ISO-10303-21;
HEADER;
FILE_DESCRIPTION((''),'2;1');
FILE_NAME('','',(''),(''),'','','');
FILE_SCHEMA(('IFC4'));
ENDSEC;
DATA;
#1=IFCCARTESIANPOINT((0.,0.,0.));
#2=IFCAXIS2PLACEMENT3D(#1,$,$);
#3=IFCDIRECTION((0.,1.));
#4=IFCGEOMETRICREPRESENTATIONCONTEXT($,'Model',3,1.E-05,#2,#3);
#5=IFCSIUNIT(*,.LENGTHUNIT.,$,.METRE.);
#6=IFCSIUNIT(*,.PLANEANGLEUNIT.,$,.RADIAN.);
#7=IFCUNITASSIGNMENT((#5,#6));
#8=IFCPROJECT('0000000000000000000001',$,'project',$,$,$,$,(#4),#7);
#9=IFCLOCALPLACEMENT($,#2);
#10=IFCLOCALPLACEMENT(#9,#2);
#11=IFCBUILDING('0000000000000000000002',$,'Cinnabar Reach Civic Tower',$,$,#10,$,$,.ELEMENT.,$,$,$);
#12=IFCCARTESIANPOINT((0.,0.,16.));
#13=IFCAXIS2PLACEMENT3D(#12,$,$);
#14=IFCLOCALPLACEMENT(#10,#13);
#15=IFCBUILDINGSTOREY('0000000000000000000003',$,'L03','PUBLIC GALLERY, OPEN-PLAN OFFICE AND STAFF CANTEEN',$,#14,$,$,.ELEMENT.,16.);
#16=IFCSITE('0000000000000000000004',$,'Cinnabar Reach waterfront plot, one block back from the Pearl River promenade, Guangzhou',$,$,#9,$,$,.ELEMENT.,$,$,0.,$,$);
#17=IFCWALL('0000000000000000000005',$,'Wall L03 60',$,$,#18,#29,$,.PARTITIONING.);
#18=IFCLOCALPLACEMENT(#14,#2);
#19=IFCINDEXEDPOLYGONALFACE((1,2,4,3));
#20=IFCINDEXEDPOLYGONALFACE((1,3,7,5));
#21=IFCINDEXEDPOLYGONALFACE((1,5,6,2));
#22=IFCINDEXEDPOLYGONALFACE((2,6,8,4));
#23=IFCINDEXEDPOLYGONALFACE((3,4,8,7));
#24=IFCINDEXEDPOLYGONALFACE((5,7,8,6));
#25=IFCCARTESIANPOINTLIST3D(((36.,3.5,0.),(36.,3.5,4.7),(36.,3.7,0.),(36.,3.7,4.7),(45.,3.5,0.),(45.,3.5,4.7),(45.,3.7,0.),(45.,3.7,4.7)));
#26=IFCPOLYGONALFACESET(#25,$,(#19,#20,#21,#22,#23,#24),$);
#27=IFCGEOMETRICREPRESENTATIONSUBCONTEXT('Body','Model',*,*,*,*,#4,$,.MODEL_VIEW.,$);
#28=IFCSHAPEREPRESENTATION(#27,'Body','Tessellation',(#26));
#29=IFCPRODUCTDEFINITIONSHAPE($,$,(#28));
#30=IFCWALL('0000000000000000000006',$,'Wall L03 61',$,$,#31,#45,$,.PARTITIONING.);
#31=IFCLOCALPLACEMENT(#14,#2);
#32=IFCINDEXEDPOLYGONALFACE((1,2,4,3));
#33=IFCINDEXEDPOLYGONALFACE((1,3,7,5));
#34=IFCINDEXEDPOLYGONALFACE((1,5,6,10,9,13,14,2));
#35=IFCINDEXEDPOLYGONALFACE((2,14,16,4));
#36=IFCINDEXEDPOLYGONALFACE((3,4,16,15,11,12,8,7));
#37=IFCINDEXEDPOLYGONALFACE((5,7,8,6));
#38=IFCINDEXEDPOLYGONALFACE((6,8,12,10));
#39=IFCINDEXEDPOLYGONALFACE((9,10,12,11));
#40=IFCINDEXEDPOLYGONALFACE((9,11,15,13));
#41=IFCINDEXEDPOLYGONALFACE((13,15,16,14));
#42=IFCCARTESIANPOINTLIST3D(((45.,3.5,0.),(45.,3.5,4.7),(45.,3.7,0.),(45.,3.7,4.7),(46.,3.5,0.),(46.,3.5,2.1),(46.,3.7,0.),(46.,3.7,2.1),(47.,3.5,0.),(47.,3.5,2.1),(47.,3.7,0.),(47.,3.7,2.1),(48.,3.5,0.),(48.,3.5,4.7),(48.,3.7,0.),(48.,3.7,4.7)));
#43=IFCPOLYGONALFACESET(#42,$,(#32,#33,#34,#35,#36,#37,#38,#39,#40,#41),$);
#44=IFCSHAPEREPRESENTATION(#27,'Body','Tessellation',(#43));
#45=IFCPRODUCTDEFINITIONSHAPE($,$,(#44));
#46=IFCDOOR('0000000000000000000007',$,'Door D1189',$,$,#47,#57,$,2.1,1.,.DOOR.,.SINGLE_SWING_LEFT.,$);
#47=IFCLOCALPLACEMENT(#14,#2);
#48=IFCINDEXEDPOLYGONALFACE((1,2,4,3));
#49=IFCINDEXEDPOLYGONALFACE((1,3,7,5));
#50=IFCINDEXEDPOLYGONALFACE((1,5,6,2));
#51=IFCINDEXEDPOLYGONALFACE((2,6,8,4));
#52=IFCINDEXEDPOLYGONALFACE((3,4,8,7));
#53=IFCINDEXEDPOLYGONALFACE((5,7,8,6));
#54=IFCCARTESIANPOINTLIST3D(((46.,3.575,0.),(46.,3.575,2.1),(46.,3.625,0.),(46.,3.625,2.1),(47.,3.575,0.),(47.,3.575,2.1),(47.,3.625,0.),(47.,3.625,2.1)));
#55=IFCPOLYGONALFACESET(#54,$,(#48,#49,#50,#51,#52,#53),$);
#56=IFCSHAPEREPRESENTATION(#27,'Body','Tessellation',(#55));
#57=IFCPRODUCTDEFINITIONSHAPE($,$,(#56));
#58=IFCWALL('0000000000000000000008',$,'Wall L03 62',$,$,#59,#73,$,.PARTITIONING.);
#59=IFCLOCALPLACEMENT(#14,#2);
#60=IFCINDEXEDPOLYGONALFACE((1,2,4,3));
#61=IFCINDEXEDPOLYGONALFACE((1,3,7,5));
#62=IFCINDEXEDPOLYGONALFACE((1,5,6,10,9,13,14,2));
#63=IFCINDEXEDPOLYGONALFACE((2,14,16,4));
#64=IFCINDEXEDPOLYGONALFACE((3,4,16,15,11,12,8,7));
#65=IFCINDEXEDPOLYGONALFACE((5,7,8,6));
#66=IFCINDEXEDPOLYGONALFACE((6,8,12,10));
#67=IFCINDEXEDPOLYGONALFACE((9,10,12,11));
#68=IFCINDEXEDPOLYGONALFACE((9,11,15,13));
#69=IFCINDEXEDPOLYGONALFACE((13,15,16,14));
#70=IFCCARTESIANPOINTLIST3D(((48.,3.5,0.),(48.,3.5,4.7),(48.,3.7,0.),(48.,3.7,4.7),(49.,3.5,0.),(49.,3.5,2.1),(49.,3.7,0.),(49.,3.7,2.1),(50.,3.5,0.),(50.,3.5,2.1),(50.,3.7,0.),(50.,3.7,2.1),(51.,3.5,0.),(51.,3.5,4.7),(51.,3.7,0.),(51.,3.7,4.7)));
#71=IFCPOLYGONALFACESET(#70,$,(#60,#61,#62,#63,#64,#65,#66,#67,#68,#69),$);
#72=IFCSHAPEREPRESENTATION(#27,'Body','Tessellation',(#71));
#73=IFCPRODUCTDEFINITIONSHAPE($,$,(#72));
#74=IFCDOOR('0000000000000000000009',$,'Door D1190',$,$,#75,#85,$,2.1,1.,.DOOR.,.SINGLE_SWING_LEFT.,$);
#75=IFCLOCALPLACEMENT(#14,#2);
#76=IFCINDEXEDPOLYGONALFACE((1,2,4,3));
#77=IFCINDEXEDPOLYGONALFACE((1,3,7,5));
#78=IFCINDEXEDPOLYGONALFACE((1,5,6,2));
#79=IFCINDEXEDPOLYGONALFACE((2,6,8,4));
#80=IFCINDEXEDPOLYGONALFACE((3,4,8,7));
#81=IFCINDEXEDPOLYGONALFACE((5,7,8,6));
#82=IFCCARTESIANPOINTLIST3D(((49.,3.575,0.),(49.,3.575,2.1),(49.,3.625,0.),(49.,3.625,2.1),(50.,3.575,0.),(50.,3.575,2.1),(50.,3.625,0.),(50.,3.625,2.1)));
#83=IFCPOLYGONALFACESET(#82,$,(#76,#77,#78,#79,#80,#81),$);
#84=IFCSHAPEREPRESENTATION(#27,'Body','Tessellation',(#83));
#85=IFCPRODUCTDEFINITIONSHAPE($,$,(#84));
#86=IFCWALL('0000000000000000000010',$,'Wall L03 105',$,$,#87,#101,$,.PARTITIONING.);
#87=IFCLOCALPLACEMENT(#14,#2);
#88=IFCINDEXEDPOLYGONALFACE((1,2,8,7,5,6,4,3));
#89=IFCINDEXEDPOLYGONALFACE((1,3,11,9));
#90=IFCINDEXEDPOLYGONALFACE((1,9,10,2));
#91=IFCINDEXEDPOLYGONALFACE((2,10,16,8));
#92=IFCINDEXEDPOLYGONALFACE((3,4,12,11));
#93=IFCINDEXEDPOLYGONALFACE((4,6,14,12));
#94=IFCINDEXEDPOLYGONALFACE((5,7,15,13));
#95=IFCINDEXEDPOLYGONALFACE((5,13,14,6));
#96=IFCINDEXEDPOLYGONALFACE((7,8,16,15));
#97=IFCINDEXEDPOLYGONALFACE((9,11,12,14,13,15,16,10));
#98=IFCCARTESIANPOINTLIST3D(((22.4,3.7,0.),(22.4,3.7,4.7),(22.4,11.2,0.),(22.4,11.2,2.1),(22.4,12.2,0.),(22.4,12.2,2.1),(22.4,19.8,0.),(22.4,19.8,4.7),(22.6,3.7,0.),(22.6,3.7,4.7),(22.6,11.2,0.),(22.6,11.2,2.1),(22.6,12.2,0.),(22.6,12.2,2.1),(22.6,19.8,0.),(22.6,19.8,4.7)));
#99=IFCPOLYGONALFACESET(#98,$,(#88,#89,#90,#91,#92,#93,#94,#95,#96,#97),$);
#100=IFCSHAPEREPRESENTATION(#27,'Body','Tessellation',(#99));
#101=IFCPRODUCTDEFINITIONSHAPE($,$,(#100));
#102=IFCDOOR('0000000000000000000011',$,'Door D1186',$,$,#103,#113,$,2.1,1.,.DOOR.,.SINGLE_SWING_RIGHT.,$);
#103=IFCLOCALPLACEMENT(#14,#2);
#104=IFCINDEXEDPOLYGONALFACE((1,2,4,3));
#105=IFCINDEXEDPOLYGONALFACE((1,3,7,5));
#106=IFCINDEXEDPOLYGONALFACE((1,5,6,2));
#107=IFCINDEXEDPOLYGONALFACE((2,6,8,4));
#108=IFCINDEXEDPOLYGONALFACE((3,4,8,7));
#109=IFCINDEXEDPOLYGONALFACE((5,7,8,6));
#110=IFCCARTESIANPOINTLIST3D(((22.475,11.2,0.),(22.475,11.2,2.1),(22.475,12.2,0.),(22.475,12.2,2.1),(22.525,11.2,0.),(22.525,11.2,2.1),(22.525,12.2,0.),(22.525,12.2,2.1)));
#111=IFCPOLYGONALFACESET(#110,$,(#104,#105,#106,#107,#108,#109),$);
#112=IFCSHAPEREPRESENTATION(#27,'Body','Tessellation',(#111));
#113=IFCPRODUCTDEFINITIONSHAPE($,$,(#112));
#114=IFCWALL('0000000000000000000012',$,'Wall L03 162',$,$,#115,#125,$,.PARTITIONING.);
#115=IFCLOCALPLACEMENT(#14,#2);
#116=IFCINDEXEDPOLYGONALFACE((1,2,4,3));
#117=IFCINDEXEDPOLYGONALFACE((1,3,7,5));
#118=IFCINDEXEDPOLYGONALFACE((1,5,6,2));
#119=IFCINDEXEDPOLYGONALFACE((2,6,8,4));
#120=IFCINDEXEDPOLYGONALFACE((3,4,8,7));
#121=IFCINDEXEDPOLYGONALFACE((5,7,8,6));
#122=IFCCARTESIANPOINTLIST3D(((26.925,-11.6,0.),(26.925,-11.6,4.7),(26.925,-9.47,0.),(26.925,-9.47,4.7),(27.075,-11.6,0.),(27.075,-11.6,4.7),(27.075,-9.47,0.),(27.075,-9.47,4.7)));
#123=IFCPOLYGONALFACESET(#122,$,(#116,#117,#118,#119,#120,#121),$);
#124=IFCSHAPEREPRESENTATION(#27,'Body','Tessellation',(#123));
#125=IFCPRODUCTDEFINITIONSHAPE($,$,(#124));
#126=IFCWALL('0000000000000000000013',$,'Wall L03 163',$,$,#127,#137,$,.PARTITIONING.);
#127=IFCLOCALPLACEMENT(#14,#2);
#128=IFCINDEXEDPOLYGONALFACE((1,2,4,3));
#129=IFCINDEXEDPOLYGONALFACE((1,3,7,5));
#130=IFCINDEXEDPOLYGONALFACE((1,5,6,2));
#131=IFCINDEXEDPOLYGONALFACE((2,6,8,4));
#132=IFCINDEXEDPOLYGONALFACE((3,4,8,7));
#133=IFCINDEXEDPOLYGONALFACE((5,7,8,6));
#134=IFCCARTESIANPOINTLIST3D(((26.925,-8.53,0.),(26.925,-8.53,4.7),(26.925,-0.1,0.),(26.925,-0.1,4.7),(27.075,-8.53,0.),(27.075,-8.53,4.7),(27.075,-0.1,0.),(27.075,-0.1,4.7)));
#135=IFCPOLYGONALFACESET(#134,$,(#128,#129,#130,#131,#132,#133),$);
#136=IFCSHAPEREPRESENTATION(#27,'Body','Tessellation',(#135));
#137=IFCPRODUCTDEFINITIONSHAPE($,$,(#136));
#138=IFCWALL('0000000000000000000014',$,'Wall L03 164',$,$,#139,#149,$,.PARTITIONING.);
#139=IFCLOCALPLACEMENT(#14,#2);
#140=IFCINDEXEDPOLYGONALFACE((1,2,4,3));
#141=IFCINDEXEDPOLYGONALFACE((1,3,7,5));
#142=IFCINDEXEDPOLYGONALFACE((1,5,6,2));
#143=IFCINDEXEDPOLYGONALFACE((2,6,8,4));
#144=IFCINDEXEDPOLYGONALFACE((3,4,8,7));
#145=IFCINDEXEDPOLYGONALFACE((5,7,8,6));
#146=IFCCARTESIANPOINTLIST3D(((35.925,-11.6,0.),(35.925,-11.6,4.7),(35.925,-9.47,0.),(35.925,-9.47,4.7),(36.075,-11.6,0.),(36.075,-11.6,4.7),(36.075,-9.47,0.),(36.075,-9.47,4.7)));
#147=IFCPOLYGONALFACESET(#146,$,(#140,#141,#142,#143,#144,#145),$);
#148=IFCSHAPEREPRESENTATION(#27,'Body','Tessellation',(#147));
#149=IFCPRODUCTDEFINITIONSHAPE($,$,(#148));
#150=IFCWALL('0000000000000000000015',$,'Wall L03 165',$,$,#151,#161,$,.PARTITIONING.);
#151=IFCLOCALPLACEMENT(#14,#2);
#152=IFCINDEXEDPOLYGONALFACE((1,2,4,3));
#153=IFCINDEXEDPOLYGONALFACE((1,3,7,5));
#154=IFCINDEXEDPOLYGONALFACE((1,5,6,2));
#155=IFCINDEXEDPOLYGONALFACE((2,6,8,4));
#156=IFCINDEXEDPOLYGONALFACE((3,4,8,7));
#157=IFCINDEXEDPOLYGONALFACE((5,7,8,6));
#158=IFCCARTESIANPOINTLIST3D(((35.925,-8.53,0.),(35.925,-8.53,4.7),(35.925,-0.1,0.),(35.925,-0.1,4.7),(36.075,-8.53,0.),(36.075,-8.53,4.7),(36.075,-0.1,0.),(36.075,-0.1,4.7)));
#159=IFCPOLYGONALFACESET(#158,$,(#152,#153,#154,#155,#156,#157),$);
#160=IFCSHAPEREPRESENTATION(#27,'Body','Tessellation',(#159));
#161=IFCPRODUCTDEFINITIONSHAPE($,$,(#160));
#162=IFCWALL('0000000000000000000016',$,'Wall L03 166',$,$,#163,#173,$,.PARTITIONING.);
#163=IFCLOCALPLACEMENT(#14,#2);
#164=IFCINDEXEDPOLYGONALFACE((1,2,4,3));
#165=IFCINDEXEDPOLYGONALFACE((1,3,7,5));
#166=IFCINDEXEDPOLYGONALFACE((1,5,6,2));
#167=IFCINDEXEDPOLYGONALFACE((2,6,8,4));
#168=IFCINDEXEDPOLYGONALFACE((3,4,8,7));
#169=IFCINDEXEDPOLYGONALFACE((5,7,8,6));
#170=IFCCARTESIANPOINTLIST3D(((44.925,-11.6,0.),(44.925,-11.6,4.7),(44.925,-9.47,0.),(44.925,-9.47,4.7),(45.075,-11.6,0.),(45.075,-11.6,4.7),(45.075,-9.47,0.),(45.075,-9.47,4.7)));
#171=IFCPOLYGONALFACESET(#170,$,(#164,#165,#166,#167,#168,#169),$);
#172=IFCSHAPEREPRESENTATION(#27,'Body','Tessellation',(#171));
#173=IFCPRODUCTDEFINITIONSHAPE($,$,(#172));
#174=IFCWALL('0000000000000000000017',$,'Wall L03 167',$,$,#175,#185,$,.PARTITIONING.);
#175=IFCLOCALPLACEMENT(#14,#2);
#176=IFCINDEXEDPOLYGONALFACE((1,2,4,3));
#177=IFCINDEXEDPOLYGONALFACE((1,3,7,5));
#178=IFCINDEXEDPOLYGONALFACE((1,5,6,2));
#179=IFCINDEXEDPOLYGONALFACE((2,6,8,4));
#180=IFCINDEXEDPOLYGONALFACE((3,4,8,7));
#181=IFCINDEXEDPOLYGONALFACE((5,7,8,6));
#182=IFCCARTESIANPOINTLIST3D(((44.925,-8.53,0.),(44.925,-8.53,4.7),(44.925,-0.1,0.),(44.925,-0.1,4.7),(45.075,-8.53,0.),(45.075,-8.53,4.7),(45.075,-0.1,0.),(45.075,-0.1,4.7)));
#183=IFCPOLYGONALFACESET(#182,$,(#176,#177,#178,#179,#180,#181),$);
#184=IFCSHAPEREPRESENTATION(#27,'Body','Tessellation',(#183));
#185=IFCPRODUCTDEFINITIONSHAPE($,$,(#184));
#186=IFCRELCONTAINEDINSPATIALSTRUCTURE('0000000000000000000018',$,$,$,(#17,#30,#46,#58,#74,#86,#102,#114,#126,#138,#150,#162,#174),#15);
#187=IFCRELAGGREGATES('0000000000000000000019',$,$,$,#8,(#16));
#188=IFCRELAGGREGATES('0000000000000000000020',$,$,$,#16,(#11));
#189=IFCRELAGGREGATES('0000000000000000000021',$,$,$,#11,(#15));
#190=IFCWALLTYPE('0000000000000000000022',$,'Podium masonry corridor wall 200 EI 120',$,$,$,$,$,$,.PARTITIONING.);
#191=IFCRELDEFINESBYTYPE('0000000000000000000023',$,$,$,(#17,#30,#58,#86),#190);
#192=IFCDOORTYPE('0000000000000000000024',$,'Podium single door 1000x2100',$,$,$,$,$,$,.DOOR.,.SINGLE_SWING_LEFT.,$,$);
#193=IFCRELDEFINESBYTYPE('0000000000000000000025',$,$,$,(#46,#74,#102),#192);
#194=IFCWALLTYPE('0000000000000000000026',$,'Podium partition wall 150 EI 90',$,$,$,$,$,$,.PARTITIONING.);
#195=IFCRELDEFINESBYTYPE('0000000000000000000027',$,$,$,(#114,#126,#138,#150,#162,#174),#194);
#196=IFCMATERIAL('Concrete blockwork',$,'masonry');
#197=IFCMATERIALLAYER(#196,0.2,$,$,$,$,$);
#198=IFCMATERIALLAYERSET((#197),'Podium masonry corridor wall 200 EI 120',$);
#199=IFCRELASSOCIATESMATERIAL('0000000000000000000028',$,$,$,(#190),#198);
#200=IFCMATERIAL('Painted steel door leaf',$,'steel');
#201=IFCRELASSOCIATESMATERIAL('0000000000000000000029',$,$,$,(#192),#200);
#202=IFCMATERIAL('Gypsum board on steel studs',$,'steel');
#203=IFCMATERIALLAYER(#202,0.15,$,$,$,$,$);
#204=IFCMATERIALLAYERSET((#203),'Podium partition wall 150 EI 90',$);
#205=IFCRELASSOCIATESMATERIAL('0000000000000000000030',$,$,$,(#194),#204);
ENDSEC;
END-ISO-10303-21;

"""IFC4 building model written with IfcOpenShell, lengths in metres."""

from ifc_helpers import new_model, si_unit, direction, frame, frame_2d, origin, place, context, subcontext, project, spatial, rectangle, extrude, material, layer, layer_set, type_object, element, fill, save


model = new_model("IFC4")

# Units and contexts
model_context = context("Model", 3, precision=1e-05, world=origin(), true_north=direction((0.0, 1.0)))
body_context = subcontext(model_context, "Body", "Model", "MODEL_VIEW")
ifc_project = project(units=[si_unit("LENGTHUNIT", "METRE"), si_unit("PLANEANGLEUNIT", "RADIAN")], contexts=[model_context])

# Site, building, storey
site_placement = place(None, origin())
site = spatial("IfcSite", under=ifc_project, at=site_placement, Name="Cinnabar Reach waterfront plot, one block back from the Pearl River promenade, Guangzhou", CompositionType="ELEMENT", RefElevation=0.0)
building_placement = place(site_placement, origin())
building = spatial("IfcBuilding", under=site, at=building_placement, Name="Cinnabar Reach Civic Tower", CompositionType="ELEMENT")
storey_placement = place(building_placement, frame((0.0, 0.0, 16.0)))
storey = spatial("IfcBuildingStorey", under=building, at=storey_placement, Name="L03", Description="PUBLIC GALLERY, OPEN-PLAN OFFICE AND STAFF CANTEEN", CompositionType="ELEMENT", Elevation=16.0)

# Shared definitions
ifc_material_1 = material(Name="Concrete blockwork", Category="masonry")
ifc_layer_1 = layer(ifc_material_1, 0.2)
ifc_layer_set_1 = layer_set([ifc_layer_1], Name="Podium masonry corridor wall 200 EI 120")
wall_type_1 = type_object("IfcWallType", Name="Podium masonry corridor wall 200 EI 120", PredefinedType="PARTITIONING", material=ifc_layer_set_1)
ifc_material_2 = material(Name="Painted steel door leaf", Category="steel")
door_type = type_object("IfcDoorType", Name="Podium single door 1000x2100", OperationType="SINGLE_SWING_LEFT", PredefinedType="DOOR", material=ifc_material_2)

# Wall
wall_1_placement = place(storey_placement, frame((36.0, 3.6, 0.0), z_axis=(0.0, 0.0, 1.0), x_axis=(1.0, 0.0, 0.0)))
element("IfcWall", 1, at=wall_1_placement, inside=storey, type_object=wall_type_1, Name="Wall L03 60", PredefinedType="PARTITIONING", context=body_context, shape_type="SweptSolid", body=[
    extrude(rectangle(XDim=9.0, YDim=0.2, at=frame_2d((4.5, 0.0))), origin(), (0.0, 0.0, 1.0), 4.7),
])

# Walls, openings, doors
wall_2_placement = place(storey_placement, frame((45.0, 3.6, 0.0), z_axis=(0.0, 0.0, 1.0), x_axis=(1.0, 0.0, 0.0)))
wall_2 = element("IfcWall", 2, at=wall_2_placement, inside=storey, type_object=wall_type_1, Name="Wall L03 61", PredefinedType="PARTITIONING", context=body_context, shape_type="SweptSolid", body=[
    extrude(rectangle(XDim=3.0, YDim=0.2, at=frame_2d((1.5, 0.0))), origin(), (0.0, 0.0, 1.0), 4.7),
])
opening_1_placement = place(wall_2_placement, frame((1.0, 0.0, 0.0)))
opening_1 = element("IfcOpeningElement", 3, at=opening_1_placement, cuts=wall_2, PredefinedType="OPENING", context=body_context, shape_type="SweptSolid", body=[
    extrude(rectangle(XDim=1.0, YDim=2.1, at=frame_2d((0.5, 1.05))), frame((0.0, 0.11, 0.0), z_axis=(0.0, -1.0, 0.0), x_axis=(1.0, 0.0, 0.0)), (0.0, 0.0, 1.0), 0.22),
])
door_1_placement = place(opening_1_placement, origin())
door_1 = element("IfcDoor", 4, at=door_1_placement, inside=storey, type_object=door_type, Name="Door D1189", OperationType="SINGLE_SWING_LEFT", OverallHeight=2.1, OverallWidth=1.0, PredefinedType="DOOR", context=body_context, shape_type="SweptSolid", body=[
    extrude(rectangle(XDim=1.0, YDim=2.1, at=frame_2d((0.5, 1.05))), frame((0.0, 0.025, 0.0), z_axis=(0.0, -1.0, 0.0), x_axis=(1.0, 0.0, 0.0)), (0.0, 0.0, 1.0), 0.05),
])
fill(opening_1, door_1)
wall_3_placement = place(storey_placement, frame((48.0, 3.6, 0.0), z_axis=(0.0, 0.0, 1.0), x_axis=(1.0, 0.0, 0.0)))
wall_3 = element("IfcWall", 5, at=wall_3_placement, inside=storey, type_object=wall_type_1, Name="Wall L03 62", PredefinedType="PARTITIONING", context=body_context, shape_type="SweptSolid", body=[
    extrude(rectangle(XDim=3.0, YDim=0.2, at=frame_2d((1.5, 0.0))), origin(), (0.0, 0.0, 1.0), 4.7),
])
opening_2_placement = place(wall_3_placement, frame((1.0, 0.0, 0.0)))
opening_2 = element("IfcOpeningElement", 6, at=opening_2_placement, cuts=wall_3, PredefinedType="OPENING", context=body_context, shape_type="SweptSolid", body=[
    extrude(rectangle(XDim=1.0, YDim=2.1, at=frame_2d((0.5, 1.05))), frame((0.0, 0.11, 0.0), z_axis=(0.0, -1.0, 0.0), x_axis=(1.0, 0.0, 0.0)), (0.0, 0.0, 1.0), 0.22),
])
door_2_placement = place(opening_2_placement, origin())
door_2 = element("IfcDoor", 7, at=door_2_placement, inside=storey, type_object=door_type, Name="Door D1190", OperationType="SINGLE_SWING_LEFT", OverallHeight=2.1, OverallWidth=1.0, PredefinedType="DOOR", context=body_context, shape_type="SweptSolid", body=[
    extrude(rectangle(XDim=1.0, YDim=2.1, at=frame_2d((0.5, 1.05))), frame((0.0, 0.025, 0.0), z_axis=(0.0, -1.0, 0.0), x_axis=(1.0, 0.0, 0.0)), (0.0, 0.0, 1.0), 0.05),
])
fill(opening_2, door_2)
wall_4_placement = place(storey_placement, frame((22.5, 3.7, 0.0), z_axis=(0.0, 0.0, 1.0), x_axis=(0.0, 1.0, 0.0)))
wall_4 = element("IfcWall", 8, at=wall_4_placement, inside=storey, type_object=wall_type_1, Name="Wall L03 105", PredefinedType="PARTITIONING", context=body_context, shape_type="SweptSolid", body=[
    extrude(rectangle(XDim=16.1, YDim=0.2, at=frame_2d((8.05, 0.0))), origin(), (0.0, 0.0, 1.0), 4.7),
])
opening_3_placement = place(wall_4_placement, frame((7.5, 0.0, 0.0)))
opening_3 = element("IfcOpeningElement", 9, at=opening_3_placement, cuts=wall_4, PredefinedType="OPENING", context=body_context, shape_type="SweptSolid", body=[
    extrude(rectangle(XDim=1.0, YDim=2.1, at=frame_2d((0.5, 1.05))), frame((0.0, 0.11, 0.0), z_axis=(0.0, -1.0, 0.0), x_axis=(1.0, 0.0, 0.0)), (0.0, 0.0, 1.0), 0.22),
])
door_3_placement = place(opening_3_placement, origin())
door_3 = element("IfcDoor", 10, at=door_3_placement, inside=storey, type_object=door_type, Name="Door D1186", OperationType="SINGLE_SWING_RIGHT", OverallHeight=2.1, OverallWidth=1.0, PredefinedType="DOOR", context=body_context, shape_type="SweptSolid", body=[
    extrude(rectangle(XDim=1.0, YDim=2.1, at=frame_2d((0.5, 1.05))), frame((0.0, 0.025, 0.0), z_axis=(0.0, -1.0, 0.0), x_axis=(1.0, 0.0, 0.0)), (0.0, 0.0, 1.0), 0.05),
])
fill(opening_3, door_3)

# Walls
ifc_material_3 = material(Name="Gypsum board on steel studs", Category="steel")
ifc_layer_2 = layer(ifc_material_3, 0.15)
ifc_layer_set_2 = layer_set([ifc_layer_2], Name="Podium partition wall 150 EI 90")
wall_type_2 = type_object("IfcWallType", Name="Podium partition wall 150 EI 90", PredefinedType="PARTITIONING", material=ifc_layer_set_2)
wall_5_placement = place(storey_placement, frame((27.0, -11.6, 0.0), z_axis=(0.0, 0.0, 1.0), x_axis=(0.0, 1.0, 0.0)))
element("IfcWall", 11, at=wall_5_placement, inside=storey, type_object=wall_type_2, Name="Wall L03 162", PredefinedType="PARTITIONING", context=body_context, shape_type="SweptSolid", body=[
    extrude(rectangle(XDim=2.13, YDim=0.15, at=frame_2d((1.065, 0.0))), origin(), (0.0, 0.0, 1.0), 4.7),
])
wall_6_placement = place(storey_placement, frame((27.0, -8.53, 0.0), z_axis=(0.0, 0.0, 1.0), x_axis=(0.0, 1.0, 0.0)))
element("IfcWall", 12, at=wall_6_placement, inside=storey, type_object=wall_type_2, Name="Wall L03 163", PredefinedType="PARTITIONING", context=body_context, shape_type="SweptSolid", body=[
    extrude(rectangle(XDim=8.43, YDim=0.15, at=frame_2d((4.215, 0.0))), origin(), (0.0, 0.0, 1.0), 4.7),
])
wall_7_placement = place(storey_placement, frame((36.0, -11.6, 0.0), z_axis=(0.0, 0.0, 1.0), x_axis=(0.0, 1.0, 0.0)))
element("IfcWall", 13, at=wall_7_placement, inside=storey, type_object=wall_type_2, Name="Wall L03 164", PredefinedType="PARTITIONING", context=body_context, shape_type="SweptSolid", body=[
    extrude(rectangle(XDim=2.13, YDim=0.15, at=frame_2d((1.065, 0.0))), origin(), (0.0, 0.0, 1.0), 4.7),
])
wall_8_placement = place(storey_placement, frame((36.0, -8.53, 0.0), z_axis=(0.0, 0.0, 1.0), x_axis=(0.0, 1.0, 0.0)))
element("IfcWall", 14, at=wall_8_placement, inside=storey, type_object=wall_type_2, Name="Wall L03 165", PredefinedType="PARTITIONING", context=body_context, shape_type="SweptSolid", body=[
    extrude(rectangle(XDim=8.43, YDim=0.15, at=frame_2d((4.215, 0.0))), origin(), (0.0, 0.0, 1.0), 4.7),
])
wall_9_placement = place(storey_placement, frame((45.0, -11.6, 0.0), z_axis=(0.0, 0.0, 1.0), x_axis=(0.0, 1.0, 0.0)))
element("IfcWall", 15, at=wall_9_placement, inside=storey, type_object=wall_type_2, Name="Wall L03 166", PredefinedType="PARTITIONING", context=body_context, shape_type="SweptSolid", body=[
    extrude(rectangle(XDim=2.13, YDim=0.15, at=frame_2d((1.065, 0.0))), origin(), (0.0, 0.0, 1.0), 4.7),
])
wall_10_placement = place(storey_placement, frame((45.0, -8.53, 0.0), z_axis=(0.0, 0.0, 1.0), x_axis=(0.0, 1.0, 0.0)))
element("IfcWall", 16, at=wall_10_placement, inside=storey, type_object=wall_type_2, Name="Wall L03 167", PredefinedType="PARTITIONING", context=body_context, shape_type="SweptSolid", body=[
    extrude(rectangle(XDim=8.43, YDim=0.15, at=frame_2d((4.215, 0.0))), origin(), (0.0, 0.0, 1.0), 4.7),
])

save(model, "model.ifc")
